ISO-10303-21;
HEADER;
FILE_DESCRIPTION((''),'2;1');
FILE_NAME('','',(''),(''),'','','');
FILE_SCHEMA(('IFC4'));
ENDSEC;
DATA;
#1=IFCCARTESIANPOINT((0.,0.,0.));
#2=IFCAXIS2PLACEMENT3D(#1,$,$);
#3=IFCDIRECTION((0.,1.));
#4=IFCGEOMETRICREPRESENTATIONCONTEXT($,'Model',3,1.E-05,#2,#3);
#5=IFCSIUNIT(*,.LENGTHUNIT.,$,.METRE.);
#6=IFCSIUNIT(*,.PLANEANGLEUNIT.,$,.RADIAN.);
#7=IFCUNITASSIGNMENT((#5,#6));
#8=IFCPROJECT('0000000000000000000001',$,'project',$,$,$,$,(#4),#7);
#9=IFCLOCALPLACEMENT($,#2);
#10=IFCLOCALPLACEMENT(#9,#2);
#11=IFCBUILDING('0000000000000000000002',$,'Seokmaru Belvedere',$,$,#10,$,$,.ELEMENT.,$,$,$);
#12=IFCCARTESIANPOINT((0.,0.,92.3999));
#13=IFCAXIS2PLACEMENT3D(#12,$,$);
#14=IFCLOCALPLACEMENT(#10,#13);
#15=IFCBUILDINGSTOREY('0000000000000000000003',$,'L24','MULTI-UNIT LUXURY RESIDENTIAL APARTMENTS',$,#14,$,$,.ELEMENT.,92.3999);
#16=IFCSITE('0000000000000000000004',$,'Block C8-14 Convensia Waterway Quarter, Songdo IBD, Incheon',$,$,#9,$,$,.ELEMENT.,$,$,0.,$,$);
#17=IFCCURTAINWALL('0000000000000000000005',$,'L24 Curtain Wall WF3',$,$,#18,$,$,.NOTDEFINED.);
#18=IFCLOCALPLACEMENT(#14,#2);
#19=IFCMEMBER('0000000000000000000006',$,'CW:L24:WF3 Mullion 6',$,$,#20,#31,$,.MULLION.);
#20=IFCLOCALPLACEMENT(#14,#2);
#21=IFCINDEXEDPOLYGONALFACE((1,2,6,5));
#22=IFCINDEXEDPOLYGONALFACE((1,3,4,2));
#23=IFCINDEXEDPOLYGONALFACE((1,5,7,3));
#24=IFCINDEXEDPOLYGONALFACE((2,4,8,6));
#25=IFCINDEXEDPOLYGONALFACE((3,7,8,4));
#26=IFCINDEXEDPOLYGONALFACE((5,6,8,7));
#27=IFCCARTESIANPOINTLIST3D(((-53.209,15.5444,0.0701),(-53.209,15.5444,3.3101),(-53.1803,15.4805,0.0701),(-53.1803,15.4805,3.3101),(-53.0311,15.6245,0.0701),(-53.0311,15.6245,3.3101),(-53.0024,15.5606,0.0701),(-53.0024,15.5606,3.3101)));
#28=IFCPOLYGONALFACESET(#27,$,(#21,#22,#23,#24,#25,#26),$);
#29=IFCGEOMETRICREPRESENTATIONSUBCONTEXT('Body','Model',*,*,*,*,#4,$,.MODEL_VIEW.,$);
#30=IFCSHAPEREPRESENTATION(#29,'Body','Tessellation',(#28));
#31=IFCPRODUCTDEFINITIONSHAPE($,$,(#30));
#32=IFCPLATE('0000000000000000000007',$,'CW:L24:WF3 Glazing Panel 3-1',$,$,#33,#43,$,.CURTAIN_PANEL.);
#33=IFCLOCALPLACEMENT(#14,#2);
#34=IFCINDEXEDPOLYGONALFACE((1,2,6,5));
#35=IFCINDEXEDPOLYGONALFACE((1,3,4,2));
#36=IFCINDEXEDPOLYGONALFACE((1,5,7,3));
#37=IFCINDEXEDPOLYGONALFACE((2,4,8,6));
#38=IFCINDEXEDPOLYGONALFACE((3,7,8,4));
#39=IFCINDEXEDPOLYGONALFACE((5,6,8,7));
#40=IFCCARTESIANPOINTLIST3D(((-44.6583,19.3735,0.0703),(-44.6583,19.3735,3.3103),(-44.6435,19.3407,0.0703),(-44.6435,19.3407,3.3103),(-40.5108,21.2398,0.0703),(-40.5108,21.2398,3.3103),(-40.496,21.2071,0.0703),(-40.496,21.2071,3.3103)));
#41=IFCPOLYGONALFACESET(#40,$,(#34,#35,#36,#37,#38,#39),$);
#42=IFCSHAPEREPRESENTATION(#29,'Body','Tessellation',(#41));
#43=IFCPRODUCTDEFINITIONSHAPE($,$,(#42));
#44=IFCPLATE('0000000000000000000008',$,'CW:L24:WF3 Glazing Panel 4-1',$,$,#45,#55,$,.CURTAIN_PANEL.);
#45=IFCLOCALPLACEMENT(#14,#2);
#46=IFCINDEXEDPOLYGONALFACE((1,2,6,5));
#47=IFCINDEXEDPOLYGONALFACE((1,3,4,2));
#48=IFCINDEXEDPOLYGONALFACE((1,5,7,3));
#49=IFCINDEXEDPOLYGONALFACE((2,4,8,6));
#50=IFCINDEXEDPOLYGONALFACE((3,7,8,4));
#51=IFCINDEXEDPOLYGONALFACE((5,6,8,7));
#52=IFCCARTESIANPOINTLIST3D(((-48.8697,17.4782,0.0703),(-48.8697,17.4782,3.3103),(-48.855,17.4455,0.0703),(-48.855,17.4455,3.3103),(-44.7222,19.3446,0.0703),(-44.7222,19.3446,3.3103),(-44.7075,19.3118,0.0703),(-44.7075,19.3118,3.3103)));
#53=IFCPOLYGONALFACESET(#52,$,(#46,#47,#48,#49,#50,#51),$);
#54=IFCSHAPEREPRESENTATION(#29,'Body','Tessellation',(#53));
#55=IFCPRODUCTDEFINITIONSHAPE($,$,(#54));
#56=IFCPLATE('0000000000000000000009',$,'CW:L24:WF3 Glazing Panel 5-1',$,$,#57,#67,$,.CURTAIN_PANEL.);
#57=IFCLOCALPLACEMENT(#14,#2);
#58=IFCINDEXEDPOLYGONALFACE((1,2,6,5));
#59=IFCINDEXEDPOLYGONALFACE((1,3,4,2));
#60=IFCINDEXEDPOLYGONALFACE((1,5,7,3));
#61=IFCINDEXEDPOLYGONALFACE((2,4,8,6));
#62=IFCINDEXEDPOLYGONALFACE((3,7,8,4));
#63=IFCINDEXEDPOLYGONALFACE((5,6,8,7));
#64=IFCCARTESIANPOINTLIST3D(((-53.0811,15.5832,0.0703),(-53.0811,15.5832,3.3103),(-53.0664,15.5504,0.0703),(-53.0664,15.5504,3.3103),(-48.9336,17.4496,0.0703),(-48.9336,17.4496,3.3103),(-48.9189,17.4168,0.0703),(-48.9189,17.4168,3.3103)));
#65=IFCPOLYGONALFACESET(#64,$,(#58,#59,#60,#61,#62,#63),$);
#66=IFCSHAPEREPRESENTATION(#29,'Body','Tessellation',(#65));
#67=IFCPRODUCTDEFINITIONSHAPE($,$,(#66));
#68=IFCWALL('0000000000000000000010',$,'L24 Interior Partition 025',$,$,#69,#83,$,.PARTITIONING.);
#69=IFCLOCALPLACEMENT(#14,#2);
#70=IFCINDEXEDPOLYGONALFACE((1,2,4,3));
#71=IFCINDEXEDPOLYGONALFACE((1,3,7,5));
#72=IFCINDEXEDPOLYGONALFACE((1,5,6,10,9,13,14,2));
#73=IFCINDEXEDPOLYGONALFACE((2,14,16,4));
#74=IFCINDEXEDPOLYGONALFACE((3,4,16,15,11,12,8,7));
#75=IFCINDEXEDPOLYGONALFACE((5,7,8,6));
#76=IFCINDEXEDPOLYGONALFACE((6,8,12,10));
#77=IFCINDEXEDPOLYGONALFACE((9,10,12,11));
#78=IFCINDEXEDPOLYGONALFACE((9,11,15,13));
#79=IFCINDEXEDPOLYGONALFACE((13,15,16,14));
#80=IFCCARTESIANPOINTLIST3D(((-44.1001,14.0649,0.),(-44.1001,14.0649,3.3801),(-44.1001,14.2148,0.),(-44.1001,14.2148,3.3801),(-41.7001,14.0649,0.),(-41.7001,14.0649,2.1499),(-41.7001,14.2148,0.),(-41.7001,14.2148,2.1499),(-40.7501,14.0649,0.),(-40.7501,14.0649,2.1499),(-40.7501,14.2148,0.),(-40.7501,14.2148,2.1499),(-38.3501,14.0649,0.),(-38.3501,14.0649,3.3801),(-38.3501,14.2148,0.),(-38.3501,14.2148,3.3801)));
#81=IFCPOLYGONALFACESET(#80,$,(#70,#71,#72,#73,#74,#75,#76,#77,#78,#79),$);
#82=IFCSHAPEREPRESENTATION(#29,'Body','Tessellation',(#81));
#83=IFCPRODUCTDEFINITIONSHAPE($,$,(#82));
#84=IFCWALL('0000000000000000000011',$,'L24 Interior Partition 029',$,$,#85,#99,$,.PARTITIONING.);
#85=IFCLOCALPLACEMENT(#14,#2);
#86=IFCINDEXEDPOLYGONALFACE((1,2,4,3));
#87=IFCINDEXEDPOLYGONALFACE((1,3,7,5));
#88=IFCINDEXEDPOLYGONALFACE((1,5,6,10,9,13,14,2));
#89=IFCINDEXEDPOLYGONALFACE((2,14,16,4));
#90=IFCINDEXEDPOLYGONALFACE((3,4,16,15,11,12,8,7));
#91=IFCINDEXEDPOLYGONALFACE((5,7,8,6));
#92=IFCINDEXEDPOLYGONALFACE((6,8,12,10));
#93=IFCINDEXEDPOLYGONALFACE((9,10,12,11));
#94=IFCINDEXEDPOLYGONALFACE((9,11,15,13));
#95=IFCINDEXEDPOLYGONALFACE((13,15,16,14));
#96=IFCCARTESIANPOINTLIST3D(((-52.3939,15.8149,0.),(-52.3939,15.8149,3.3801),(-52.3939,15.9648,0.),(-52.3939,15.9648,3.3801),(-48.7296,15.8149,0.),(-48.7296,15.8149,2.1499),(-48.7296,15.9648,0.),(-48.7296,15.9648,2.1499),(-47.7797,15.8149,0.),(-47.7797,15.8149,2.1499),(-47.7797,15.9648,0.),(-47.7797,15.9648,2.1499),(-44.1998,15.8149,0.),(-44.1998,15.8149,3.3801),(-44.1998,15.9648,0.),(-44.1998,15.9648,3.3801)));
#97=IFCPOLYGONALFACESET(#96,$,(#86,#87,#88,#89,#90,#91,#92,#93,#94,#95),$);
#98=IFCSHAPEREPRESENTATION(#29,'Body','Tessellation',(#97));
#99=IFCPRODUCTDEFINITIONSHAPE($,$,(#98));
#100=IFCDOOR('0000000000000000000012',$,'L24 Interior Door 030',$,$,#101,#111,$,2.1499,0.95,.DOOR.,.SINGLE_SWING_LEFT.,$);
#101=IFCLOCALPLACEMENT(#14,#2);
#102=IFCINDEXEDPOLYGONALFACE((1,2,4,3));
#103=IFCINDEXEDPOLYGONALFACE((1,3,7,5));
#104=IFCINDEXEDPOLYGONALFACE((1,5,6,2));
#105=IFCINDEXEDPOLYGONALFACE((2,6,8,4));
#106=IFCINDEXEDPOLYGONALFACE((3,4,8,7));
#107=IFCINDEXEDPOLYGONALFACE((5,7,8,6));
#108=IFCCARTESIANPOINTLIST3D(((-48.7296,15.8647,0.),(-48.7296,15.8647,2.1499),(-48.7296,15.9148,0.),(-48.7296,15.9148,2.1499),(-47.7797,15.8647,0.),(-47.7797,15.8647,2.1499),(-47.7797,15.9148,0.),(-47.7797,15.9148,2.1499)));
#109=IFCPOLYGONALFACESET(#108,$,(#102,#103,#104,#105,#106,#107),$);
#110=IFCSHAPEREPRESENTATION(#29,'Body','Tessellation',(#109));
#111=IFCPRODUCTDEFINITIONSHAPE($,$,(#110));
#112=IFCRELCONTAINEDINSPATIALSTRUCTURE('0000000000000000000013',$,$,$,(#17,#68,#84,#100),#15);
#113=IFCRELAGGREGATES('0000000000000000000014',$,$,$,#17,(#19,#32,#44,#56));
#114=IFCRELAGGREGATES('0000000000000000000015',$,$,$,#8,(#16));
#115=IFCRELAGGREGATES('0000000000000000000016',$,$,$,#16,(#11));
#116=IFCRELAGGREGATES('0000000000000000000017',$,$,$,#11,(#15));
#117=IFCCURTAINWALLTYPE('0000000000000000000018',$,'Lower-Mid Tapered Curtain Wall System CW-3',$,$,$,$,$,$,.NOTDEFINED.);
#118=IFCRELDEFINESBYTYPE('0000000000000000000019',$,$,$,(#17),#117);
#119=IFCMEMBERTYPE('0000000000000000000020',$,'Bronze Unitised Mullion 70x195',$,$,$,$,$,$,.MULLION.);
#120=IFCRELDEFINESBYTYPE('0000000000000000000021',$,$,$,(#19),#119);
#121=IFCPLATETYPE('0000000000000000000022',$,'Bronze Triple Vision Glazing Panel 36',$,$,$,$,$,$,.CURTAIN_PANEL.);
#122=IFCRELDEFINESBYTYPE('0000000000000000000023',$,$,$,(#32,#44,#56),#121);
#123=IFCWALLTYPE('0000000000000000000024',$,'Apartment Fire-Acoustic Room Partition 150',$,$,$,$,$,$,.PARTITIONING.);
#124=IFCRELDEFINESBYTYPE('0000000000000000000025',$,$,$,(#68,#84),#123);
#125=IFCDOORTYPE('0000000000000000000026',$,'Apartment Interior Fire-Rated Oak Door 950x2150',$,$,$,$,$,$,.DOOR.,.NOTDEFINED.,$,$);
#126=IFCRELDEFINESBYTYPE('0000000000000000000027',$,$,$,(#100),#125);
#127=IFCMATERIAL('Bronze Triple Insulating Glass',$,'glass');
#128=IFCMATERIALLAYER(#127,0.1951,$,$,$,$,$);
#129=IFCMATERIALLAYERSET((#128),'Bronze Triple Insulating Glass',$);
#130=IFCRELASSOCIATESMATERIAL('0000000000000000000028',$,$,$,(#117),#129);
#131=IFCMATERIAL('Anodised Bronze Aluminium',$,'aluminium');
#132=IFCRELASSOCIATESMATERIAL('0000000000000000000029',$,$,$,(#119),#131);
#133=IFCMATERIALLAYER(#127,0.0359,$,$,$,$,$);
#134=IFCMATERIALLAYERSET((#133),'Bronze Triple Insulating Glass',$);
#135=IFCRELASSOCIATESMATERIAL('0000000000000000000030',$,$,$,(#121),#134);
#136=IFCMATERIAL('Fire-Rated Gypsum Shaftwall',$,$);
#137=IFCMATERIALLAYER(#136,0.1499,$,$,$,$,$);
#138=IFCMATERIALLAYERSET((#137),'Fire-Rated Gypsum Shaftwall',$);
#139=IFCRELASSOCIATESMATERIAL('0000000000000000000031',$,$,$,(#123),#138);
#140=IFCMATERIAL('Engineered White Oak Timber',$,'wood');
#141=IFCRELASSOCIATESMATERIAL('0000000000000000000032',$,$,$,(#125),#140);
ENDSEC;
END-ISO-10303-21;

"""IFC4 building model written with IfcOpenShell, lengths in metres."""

from ifc_helpers import new_model, si_unit, direction, frame, frame_2d, origin, origin_2d, place, context, subcontext, project, spatial, rectangle, extrude, source, transform, mapped, material, layer, layer_set, material_profile, profile_set, type_object, type_shapes, element, fill, aggregate, save


model = new_model("IFC4")

# Units and contexts
model_context = context("Model", 3, precision=1e-05, world=origin(), true_north=direction((0.0, 1.0)))
body_context = subcontext(model_context, "Body", "Model", "MODEL_VIEW")
ifc_project = project(units=[si_unit("LENGTHUNIT", "METRE"), si_unit("PLANEANGLEUNIT", "RADIAN")], contexts=[model_context])

# Site, building, storey
site_placement = place(None, origin())
site = spatial("IfcSite", under=ifc_project, at=site_placement, Name="Block C8-14 Convensia Waterway Quarter, Songdo IBD, Incheon", CompositionType="ELEMENT", RefElevation=0.0)
building_placement = place(site_placement, origin())
building = spatial("IfcBuilding", under=site, at=building_placement, Name="Seokmaru Belvedere", CompositionType="ELEMENT")
storey_placement = place(building_placement, frame((0.0, 0.0, 92.3999)))
storey = spatial("IfcBuildingStorey", under=building, at=storey_placement, Name="L24", Description="MULTI-UNIT LUXURY RESIDENTIAL APARTMENTS", CompositionType="ELEMENT", Elevation=92.3999)

# Curtain wall, member, plates
ifc_material_1 = material(Name="Bronze Triple Insulating Glass", Category="glass")
ifc_layer_1 = layer(ifc_material_1, 0.1951)
ifc_layer_set_1 = layer_set([ifc_layer_1], Name="Bronze Triple Insulating Glass")
curtain_wall_type = type_object("IfcCurtainWallType", Name="Lower-Mid Tapered Curtain Wall System CW-3", PredefinedType="NOTDEFINED", material=ifc_layer_set_1)
curtain_wall_placement = place(storey_placement, origin())
curtain_wall = element("IfcCurtainWall", 1, at=curtain_wall_placement, inside=storey, type_object=curtain_wall_type, Name="L24 Curtain Wall WF3", PredefinedType="NOTDEFINED")
ifc_material_2 = material(Name="Anodised Bronze Aluminium", Category="aluminium")
ifc_material_profile_1 = material_profile(ifc_material_2, rectangle(XDim=0.0701, YDim=0.1951, at=origin_2d()), Name="CW-M-70x195")
ifc_profile_set_1 = profile_set([ifc_material_profile_1], Name="Anodised Bronze Aluminium")
member_type = type_object("IfcMemberType", Name="Bronze Unitised Mullion 70x195", PredefinedType="MULLION", material=ifc_profile_set_1)
shared_shape_1 = source(origin(), body_context, "Body", "SweptSolid", [
    extrude(rectangle(XDim=0.0701, YDim=0.1951, at=origin_2d()), origin(), (0.0, 0.0, 1.0), 3.24),
])
type_shapes(member_type, [shared_shape_1])
member_1_placement = place(storey_placement, frame((-53.1057, 15.5525, 0.0701), z_axis=(0.0, 0.0, 1.0), x_axis=(0.410366, -0.911921, 0.0)))
member_1 = element("IfcMember", 2, at=member_1_placement, type_object=member_type, Name="CW:L24:WF3 Mullion 6", PredefinedType="MULLION", context=body_context, shape_type="MappedRepresentation", body=[
    mapped(shared_shape_1, transform((0.0, 0.0, 0.0), scale=1.0)),
])
ifc_layer_2 = layer(ifc_material_1, 0.0359)
ifc_layer_set_2 = layer_set([ifc_layer_2], Name="Bronze Triple Insulating Glass")
plate_type = type_object("IfcPlateType", Name="Bronze Triple Vision Glazing Panel 36", PredefinedType="CURTAIN_PANEL", material=ifc_layer_set_2)
shared_shape_2 = source(origin(), body_context, "Body", "SweptSolid", [
    extrude(rectangle(XDim=4.5481, YDim=0.0359, at=origin_2d()), origin(), (0.0, 0.0, 1.0), 3.24),
])
type_shapes(plate_type, [shared_shape_2])
plate_1_placement = place(storey_placement, frame((-42.5771, 20.2903, 0.0703), z_axis=(0.0, 0.0, 1.0), x_axis=(-0.911921, -0.410366, 0.0)))
plate_1 = element("IfcPlate", 3, at=plate_1_placement, type_object=plate_type, Name="CW:L24:WF3 Glazing Panel 3-1", PredefinedType="CURTAIN_PANEL", context=body_context, shape_type="MappedRepresentation", body=[
    mapped(shared_shape_2, transform((0.0, 0.0, 0.0), scale=1.0)),
])
plate_2_placement = place(storey_placement, frame((-46.7886, 18.395, 0.0703), z_axis=(0.0, 0.0, 1.0), x_axis=(-0.911921, -0.410366, 0.0)))
plate_2 = element("IfcPlate", 4, at=plate_2_placement, type_object=plate_type, Name="CW:L24:WF3 Glazing Panel 4-1", PredefinedType="CURTAIN_PANEL", context=body_context, shape_type="MappedRepresentation", body=[
    mapped(shared_shape_2, transform((0.0, 0.0, 0.0), scale=1.0)),
])
plate_3_placement = place(storey_placement, frame((-51.0, 16.5, 0.0703), z_axis=(0.0, 0.0, 1.0), x_axis=(-0.911921, -0.410366, 0.0)))
plate_3 = element("IfcPlate", 5, at=plate_3_placement, type_object=plate_type, Name="CW:L24:WF3 Glazing Panel 5-1", PredefinedType="CURTAIN_PANEL", context=body_context, shape_type="MappedRepresentation", body=[
    mapped(shared_shape_2, transform((0.0, 0.0, 0.0), scale=1.0)),
])
aggregate(curtain_wall, [member_1, plate_1, plate_2, plate_3])

# Wall, opening
ifc_material_3 = material(Name="Fire-Rated Gypsum Shaftwall")
ifc_layer_3 = layer(ifc_material_3, 0.1499)
ifc_layer_set_3 = layer_set([ifc_layer_3], Name="Fire-Rated Gypsum Shaftwall")
wall_type = type_object("IfcWallType", Name="Apartment Fire-Acoustic Room Partition 150", PredefinedType="PARTITIONING", material=ifc_layer_set_3)
wall_1_placement = place(storey_placement, frame((-44.1001, 14.1399, 0.0), z_axis=(0.0, 0.0, 1.0), x_axis=(1.0, 0.0, 0.0)))
wall_1 = element("IfcWall", 6, at=wall_1_placement, inside=storey, type_object=wall_type, Name="L24 Interior Partition 025", PredefinedType="PARTITIONING", context=body_context, shape_type="SweptSolid", body=[
    extrude(rectangle(XDim=5.75, YDim=0.1499, at=frame_2d((2.875, 0.0))), origin(), (0.0, 0.0, 1.0), 3.3801),
])
opening_1_placement = place(wall_1_placement, frame((2.3999, 0.0, 0.0)))
element("IfcOpeningElement", 7, at=opening_1_placement, cuts=wall_1, PredefinedType="OPENING", context=body_context, shape_type="SweptSolid", body=[
    extrude(rectangle(XDim=0.95, YDim=2.1499, at=frame_2d((0.4751, 1.075))), frame((0.0, 0.085, 0.0), z_axis=(0.0, -1.0, 0.0), x_axis=(1.0, 0.0, 0.0)), (0.0, 0.0, 1.0), 0.1699),
])

# Wall, opening, door
wall_2_placement = place(storey_placement, frame((-52.394, 15.8899, 0.0), z_axis=(0.0, 0.0, 1.0), x_axis=(1.0, 0.0, 0.0)))
wall_2 = element("IfcWall", 8, at=wall_2_placement, inside=storey, type_object=wall_type, Name="L24 Interior Partition 029", PredefinedType="PARTITIONING", context=body_context, shape_type="SweptSolid", body=[
    extrude(rectangle(XDim=8.1941, YDim=0.1499, at=frame_2d((4.0972, 0.0))), origin(), (0.0, 0.0, 1.0), 3.3801),
])
opening_2_placement = place(wall_2_placement, frame((3.6643, 0.0, 0.0)))
opening_2 = element("IfcOpeningElement", 9, at=opening_2_placement, cuts=wall_2, PredefinedType="OPENING", context=body_context, shape_type="SweptSolid", body=[
    extrude(rectangle(XDim=0.95, YDim=2.1499, at=frame_2d((0.4751, 1.075))), frame((0.0, 0.085, 0.0), z_axis=(0.0, -1.0, 0.0), x_axis=(1.0, 0.0, 0.0)), (0.0, 0.0, 1.0), 0.1699),
])
ifc_material_4 = material(Name="Engineered White Oak Timber", Category="wood")
door_type = type_object("IfcDoorType", Name="Apartment Interior Fire-Rated Oak Door 950x2150", OperationType="NOTDEFINED", PredefinedType="DOOR", material=ifc_material_4)
shared_shape_3 = source(origin(), body_context, "Body", "SweptSolid", [
    extrude(rectangle(XDim=0.95, YDim=2.1499, at=frame_2d((0.4751, 1.075))), frame((0.0, 0.0249, 0.0), z_axis=(0.0, -1.0, 0.0), x_axis=(1.0, 0.0, 0.0)), (0.0, 0.0, 1.0), 0.05),
])
type_shapes(door_type, [shared_shape_3])
door_placement = place(opening_2_placement, origin())
door = element("IfcDoor", 10, at=door_placement, inside=storey, type_object=door_type, Name="L24 Interior Door 030", OperationType="SINGLE_SWING_LEFT", OverallHeight=2.1499, OverallWidth=0.95, PredefinedType="DOOR", context=body_context, shape_type="MappedRepresentation", body=[
    mapped(shared_shape_3, transform((0.0, 0.0, 0.0), scale=1.0)),
])
fill(opening_2, door)

save(model, "model.ifc")
